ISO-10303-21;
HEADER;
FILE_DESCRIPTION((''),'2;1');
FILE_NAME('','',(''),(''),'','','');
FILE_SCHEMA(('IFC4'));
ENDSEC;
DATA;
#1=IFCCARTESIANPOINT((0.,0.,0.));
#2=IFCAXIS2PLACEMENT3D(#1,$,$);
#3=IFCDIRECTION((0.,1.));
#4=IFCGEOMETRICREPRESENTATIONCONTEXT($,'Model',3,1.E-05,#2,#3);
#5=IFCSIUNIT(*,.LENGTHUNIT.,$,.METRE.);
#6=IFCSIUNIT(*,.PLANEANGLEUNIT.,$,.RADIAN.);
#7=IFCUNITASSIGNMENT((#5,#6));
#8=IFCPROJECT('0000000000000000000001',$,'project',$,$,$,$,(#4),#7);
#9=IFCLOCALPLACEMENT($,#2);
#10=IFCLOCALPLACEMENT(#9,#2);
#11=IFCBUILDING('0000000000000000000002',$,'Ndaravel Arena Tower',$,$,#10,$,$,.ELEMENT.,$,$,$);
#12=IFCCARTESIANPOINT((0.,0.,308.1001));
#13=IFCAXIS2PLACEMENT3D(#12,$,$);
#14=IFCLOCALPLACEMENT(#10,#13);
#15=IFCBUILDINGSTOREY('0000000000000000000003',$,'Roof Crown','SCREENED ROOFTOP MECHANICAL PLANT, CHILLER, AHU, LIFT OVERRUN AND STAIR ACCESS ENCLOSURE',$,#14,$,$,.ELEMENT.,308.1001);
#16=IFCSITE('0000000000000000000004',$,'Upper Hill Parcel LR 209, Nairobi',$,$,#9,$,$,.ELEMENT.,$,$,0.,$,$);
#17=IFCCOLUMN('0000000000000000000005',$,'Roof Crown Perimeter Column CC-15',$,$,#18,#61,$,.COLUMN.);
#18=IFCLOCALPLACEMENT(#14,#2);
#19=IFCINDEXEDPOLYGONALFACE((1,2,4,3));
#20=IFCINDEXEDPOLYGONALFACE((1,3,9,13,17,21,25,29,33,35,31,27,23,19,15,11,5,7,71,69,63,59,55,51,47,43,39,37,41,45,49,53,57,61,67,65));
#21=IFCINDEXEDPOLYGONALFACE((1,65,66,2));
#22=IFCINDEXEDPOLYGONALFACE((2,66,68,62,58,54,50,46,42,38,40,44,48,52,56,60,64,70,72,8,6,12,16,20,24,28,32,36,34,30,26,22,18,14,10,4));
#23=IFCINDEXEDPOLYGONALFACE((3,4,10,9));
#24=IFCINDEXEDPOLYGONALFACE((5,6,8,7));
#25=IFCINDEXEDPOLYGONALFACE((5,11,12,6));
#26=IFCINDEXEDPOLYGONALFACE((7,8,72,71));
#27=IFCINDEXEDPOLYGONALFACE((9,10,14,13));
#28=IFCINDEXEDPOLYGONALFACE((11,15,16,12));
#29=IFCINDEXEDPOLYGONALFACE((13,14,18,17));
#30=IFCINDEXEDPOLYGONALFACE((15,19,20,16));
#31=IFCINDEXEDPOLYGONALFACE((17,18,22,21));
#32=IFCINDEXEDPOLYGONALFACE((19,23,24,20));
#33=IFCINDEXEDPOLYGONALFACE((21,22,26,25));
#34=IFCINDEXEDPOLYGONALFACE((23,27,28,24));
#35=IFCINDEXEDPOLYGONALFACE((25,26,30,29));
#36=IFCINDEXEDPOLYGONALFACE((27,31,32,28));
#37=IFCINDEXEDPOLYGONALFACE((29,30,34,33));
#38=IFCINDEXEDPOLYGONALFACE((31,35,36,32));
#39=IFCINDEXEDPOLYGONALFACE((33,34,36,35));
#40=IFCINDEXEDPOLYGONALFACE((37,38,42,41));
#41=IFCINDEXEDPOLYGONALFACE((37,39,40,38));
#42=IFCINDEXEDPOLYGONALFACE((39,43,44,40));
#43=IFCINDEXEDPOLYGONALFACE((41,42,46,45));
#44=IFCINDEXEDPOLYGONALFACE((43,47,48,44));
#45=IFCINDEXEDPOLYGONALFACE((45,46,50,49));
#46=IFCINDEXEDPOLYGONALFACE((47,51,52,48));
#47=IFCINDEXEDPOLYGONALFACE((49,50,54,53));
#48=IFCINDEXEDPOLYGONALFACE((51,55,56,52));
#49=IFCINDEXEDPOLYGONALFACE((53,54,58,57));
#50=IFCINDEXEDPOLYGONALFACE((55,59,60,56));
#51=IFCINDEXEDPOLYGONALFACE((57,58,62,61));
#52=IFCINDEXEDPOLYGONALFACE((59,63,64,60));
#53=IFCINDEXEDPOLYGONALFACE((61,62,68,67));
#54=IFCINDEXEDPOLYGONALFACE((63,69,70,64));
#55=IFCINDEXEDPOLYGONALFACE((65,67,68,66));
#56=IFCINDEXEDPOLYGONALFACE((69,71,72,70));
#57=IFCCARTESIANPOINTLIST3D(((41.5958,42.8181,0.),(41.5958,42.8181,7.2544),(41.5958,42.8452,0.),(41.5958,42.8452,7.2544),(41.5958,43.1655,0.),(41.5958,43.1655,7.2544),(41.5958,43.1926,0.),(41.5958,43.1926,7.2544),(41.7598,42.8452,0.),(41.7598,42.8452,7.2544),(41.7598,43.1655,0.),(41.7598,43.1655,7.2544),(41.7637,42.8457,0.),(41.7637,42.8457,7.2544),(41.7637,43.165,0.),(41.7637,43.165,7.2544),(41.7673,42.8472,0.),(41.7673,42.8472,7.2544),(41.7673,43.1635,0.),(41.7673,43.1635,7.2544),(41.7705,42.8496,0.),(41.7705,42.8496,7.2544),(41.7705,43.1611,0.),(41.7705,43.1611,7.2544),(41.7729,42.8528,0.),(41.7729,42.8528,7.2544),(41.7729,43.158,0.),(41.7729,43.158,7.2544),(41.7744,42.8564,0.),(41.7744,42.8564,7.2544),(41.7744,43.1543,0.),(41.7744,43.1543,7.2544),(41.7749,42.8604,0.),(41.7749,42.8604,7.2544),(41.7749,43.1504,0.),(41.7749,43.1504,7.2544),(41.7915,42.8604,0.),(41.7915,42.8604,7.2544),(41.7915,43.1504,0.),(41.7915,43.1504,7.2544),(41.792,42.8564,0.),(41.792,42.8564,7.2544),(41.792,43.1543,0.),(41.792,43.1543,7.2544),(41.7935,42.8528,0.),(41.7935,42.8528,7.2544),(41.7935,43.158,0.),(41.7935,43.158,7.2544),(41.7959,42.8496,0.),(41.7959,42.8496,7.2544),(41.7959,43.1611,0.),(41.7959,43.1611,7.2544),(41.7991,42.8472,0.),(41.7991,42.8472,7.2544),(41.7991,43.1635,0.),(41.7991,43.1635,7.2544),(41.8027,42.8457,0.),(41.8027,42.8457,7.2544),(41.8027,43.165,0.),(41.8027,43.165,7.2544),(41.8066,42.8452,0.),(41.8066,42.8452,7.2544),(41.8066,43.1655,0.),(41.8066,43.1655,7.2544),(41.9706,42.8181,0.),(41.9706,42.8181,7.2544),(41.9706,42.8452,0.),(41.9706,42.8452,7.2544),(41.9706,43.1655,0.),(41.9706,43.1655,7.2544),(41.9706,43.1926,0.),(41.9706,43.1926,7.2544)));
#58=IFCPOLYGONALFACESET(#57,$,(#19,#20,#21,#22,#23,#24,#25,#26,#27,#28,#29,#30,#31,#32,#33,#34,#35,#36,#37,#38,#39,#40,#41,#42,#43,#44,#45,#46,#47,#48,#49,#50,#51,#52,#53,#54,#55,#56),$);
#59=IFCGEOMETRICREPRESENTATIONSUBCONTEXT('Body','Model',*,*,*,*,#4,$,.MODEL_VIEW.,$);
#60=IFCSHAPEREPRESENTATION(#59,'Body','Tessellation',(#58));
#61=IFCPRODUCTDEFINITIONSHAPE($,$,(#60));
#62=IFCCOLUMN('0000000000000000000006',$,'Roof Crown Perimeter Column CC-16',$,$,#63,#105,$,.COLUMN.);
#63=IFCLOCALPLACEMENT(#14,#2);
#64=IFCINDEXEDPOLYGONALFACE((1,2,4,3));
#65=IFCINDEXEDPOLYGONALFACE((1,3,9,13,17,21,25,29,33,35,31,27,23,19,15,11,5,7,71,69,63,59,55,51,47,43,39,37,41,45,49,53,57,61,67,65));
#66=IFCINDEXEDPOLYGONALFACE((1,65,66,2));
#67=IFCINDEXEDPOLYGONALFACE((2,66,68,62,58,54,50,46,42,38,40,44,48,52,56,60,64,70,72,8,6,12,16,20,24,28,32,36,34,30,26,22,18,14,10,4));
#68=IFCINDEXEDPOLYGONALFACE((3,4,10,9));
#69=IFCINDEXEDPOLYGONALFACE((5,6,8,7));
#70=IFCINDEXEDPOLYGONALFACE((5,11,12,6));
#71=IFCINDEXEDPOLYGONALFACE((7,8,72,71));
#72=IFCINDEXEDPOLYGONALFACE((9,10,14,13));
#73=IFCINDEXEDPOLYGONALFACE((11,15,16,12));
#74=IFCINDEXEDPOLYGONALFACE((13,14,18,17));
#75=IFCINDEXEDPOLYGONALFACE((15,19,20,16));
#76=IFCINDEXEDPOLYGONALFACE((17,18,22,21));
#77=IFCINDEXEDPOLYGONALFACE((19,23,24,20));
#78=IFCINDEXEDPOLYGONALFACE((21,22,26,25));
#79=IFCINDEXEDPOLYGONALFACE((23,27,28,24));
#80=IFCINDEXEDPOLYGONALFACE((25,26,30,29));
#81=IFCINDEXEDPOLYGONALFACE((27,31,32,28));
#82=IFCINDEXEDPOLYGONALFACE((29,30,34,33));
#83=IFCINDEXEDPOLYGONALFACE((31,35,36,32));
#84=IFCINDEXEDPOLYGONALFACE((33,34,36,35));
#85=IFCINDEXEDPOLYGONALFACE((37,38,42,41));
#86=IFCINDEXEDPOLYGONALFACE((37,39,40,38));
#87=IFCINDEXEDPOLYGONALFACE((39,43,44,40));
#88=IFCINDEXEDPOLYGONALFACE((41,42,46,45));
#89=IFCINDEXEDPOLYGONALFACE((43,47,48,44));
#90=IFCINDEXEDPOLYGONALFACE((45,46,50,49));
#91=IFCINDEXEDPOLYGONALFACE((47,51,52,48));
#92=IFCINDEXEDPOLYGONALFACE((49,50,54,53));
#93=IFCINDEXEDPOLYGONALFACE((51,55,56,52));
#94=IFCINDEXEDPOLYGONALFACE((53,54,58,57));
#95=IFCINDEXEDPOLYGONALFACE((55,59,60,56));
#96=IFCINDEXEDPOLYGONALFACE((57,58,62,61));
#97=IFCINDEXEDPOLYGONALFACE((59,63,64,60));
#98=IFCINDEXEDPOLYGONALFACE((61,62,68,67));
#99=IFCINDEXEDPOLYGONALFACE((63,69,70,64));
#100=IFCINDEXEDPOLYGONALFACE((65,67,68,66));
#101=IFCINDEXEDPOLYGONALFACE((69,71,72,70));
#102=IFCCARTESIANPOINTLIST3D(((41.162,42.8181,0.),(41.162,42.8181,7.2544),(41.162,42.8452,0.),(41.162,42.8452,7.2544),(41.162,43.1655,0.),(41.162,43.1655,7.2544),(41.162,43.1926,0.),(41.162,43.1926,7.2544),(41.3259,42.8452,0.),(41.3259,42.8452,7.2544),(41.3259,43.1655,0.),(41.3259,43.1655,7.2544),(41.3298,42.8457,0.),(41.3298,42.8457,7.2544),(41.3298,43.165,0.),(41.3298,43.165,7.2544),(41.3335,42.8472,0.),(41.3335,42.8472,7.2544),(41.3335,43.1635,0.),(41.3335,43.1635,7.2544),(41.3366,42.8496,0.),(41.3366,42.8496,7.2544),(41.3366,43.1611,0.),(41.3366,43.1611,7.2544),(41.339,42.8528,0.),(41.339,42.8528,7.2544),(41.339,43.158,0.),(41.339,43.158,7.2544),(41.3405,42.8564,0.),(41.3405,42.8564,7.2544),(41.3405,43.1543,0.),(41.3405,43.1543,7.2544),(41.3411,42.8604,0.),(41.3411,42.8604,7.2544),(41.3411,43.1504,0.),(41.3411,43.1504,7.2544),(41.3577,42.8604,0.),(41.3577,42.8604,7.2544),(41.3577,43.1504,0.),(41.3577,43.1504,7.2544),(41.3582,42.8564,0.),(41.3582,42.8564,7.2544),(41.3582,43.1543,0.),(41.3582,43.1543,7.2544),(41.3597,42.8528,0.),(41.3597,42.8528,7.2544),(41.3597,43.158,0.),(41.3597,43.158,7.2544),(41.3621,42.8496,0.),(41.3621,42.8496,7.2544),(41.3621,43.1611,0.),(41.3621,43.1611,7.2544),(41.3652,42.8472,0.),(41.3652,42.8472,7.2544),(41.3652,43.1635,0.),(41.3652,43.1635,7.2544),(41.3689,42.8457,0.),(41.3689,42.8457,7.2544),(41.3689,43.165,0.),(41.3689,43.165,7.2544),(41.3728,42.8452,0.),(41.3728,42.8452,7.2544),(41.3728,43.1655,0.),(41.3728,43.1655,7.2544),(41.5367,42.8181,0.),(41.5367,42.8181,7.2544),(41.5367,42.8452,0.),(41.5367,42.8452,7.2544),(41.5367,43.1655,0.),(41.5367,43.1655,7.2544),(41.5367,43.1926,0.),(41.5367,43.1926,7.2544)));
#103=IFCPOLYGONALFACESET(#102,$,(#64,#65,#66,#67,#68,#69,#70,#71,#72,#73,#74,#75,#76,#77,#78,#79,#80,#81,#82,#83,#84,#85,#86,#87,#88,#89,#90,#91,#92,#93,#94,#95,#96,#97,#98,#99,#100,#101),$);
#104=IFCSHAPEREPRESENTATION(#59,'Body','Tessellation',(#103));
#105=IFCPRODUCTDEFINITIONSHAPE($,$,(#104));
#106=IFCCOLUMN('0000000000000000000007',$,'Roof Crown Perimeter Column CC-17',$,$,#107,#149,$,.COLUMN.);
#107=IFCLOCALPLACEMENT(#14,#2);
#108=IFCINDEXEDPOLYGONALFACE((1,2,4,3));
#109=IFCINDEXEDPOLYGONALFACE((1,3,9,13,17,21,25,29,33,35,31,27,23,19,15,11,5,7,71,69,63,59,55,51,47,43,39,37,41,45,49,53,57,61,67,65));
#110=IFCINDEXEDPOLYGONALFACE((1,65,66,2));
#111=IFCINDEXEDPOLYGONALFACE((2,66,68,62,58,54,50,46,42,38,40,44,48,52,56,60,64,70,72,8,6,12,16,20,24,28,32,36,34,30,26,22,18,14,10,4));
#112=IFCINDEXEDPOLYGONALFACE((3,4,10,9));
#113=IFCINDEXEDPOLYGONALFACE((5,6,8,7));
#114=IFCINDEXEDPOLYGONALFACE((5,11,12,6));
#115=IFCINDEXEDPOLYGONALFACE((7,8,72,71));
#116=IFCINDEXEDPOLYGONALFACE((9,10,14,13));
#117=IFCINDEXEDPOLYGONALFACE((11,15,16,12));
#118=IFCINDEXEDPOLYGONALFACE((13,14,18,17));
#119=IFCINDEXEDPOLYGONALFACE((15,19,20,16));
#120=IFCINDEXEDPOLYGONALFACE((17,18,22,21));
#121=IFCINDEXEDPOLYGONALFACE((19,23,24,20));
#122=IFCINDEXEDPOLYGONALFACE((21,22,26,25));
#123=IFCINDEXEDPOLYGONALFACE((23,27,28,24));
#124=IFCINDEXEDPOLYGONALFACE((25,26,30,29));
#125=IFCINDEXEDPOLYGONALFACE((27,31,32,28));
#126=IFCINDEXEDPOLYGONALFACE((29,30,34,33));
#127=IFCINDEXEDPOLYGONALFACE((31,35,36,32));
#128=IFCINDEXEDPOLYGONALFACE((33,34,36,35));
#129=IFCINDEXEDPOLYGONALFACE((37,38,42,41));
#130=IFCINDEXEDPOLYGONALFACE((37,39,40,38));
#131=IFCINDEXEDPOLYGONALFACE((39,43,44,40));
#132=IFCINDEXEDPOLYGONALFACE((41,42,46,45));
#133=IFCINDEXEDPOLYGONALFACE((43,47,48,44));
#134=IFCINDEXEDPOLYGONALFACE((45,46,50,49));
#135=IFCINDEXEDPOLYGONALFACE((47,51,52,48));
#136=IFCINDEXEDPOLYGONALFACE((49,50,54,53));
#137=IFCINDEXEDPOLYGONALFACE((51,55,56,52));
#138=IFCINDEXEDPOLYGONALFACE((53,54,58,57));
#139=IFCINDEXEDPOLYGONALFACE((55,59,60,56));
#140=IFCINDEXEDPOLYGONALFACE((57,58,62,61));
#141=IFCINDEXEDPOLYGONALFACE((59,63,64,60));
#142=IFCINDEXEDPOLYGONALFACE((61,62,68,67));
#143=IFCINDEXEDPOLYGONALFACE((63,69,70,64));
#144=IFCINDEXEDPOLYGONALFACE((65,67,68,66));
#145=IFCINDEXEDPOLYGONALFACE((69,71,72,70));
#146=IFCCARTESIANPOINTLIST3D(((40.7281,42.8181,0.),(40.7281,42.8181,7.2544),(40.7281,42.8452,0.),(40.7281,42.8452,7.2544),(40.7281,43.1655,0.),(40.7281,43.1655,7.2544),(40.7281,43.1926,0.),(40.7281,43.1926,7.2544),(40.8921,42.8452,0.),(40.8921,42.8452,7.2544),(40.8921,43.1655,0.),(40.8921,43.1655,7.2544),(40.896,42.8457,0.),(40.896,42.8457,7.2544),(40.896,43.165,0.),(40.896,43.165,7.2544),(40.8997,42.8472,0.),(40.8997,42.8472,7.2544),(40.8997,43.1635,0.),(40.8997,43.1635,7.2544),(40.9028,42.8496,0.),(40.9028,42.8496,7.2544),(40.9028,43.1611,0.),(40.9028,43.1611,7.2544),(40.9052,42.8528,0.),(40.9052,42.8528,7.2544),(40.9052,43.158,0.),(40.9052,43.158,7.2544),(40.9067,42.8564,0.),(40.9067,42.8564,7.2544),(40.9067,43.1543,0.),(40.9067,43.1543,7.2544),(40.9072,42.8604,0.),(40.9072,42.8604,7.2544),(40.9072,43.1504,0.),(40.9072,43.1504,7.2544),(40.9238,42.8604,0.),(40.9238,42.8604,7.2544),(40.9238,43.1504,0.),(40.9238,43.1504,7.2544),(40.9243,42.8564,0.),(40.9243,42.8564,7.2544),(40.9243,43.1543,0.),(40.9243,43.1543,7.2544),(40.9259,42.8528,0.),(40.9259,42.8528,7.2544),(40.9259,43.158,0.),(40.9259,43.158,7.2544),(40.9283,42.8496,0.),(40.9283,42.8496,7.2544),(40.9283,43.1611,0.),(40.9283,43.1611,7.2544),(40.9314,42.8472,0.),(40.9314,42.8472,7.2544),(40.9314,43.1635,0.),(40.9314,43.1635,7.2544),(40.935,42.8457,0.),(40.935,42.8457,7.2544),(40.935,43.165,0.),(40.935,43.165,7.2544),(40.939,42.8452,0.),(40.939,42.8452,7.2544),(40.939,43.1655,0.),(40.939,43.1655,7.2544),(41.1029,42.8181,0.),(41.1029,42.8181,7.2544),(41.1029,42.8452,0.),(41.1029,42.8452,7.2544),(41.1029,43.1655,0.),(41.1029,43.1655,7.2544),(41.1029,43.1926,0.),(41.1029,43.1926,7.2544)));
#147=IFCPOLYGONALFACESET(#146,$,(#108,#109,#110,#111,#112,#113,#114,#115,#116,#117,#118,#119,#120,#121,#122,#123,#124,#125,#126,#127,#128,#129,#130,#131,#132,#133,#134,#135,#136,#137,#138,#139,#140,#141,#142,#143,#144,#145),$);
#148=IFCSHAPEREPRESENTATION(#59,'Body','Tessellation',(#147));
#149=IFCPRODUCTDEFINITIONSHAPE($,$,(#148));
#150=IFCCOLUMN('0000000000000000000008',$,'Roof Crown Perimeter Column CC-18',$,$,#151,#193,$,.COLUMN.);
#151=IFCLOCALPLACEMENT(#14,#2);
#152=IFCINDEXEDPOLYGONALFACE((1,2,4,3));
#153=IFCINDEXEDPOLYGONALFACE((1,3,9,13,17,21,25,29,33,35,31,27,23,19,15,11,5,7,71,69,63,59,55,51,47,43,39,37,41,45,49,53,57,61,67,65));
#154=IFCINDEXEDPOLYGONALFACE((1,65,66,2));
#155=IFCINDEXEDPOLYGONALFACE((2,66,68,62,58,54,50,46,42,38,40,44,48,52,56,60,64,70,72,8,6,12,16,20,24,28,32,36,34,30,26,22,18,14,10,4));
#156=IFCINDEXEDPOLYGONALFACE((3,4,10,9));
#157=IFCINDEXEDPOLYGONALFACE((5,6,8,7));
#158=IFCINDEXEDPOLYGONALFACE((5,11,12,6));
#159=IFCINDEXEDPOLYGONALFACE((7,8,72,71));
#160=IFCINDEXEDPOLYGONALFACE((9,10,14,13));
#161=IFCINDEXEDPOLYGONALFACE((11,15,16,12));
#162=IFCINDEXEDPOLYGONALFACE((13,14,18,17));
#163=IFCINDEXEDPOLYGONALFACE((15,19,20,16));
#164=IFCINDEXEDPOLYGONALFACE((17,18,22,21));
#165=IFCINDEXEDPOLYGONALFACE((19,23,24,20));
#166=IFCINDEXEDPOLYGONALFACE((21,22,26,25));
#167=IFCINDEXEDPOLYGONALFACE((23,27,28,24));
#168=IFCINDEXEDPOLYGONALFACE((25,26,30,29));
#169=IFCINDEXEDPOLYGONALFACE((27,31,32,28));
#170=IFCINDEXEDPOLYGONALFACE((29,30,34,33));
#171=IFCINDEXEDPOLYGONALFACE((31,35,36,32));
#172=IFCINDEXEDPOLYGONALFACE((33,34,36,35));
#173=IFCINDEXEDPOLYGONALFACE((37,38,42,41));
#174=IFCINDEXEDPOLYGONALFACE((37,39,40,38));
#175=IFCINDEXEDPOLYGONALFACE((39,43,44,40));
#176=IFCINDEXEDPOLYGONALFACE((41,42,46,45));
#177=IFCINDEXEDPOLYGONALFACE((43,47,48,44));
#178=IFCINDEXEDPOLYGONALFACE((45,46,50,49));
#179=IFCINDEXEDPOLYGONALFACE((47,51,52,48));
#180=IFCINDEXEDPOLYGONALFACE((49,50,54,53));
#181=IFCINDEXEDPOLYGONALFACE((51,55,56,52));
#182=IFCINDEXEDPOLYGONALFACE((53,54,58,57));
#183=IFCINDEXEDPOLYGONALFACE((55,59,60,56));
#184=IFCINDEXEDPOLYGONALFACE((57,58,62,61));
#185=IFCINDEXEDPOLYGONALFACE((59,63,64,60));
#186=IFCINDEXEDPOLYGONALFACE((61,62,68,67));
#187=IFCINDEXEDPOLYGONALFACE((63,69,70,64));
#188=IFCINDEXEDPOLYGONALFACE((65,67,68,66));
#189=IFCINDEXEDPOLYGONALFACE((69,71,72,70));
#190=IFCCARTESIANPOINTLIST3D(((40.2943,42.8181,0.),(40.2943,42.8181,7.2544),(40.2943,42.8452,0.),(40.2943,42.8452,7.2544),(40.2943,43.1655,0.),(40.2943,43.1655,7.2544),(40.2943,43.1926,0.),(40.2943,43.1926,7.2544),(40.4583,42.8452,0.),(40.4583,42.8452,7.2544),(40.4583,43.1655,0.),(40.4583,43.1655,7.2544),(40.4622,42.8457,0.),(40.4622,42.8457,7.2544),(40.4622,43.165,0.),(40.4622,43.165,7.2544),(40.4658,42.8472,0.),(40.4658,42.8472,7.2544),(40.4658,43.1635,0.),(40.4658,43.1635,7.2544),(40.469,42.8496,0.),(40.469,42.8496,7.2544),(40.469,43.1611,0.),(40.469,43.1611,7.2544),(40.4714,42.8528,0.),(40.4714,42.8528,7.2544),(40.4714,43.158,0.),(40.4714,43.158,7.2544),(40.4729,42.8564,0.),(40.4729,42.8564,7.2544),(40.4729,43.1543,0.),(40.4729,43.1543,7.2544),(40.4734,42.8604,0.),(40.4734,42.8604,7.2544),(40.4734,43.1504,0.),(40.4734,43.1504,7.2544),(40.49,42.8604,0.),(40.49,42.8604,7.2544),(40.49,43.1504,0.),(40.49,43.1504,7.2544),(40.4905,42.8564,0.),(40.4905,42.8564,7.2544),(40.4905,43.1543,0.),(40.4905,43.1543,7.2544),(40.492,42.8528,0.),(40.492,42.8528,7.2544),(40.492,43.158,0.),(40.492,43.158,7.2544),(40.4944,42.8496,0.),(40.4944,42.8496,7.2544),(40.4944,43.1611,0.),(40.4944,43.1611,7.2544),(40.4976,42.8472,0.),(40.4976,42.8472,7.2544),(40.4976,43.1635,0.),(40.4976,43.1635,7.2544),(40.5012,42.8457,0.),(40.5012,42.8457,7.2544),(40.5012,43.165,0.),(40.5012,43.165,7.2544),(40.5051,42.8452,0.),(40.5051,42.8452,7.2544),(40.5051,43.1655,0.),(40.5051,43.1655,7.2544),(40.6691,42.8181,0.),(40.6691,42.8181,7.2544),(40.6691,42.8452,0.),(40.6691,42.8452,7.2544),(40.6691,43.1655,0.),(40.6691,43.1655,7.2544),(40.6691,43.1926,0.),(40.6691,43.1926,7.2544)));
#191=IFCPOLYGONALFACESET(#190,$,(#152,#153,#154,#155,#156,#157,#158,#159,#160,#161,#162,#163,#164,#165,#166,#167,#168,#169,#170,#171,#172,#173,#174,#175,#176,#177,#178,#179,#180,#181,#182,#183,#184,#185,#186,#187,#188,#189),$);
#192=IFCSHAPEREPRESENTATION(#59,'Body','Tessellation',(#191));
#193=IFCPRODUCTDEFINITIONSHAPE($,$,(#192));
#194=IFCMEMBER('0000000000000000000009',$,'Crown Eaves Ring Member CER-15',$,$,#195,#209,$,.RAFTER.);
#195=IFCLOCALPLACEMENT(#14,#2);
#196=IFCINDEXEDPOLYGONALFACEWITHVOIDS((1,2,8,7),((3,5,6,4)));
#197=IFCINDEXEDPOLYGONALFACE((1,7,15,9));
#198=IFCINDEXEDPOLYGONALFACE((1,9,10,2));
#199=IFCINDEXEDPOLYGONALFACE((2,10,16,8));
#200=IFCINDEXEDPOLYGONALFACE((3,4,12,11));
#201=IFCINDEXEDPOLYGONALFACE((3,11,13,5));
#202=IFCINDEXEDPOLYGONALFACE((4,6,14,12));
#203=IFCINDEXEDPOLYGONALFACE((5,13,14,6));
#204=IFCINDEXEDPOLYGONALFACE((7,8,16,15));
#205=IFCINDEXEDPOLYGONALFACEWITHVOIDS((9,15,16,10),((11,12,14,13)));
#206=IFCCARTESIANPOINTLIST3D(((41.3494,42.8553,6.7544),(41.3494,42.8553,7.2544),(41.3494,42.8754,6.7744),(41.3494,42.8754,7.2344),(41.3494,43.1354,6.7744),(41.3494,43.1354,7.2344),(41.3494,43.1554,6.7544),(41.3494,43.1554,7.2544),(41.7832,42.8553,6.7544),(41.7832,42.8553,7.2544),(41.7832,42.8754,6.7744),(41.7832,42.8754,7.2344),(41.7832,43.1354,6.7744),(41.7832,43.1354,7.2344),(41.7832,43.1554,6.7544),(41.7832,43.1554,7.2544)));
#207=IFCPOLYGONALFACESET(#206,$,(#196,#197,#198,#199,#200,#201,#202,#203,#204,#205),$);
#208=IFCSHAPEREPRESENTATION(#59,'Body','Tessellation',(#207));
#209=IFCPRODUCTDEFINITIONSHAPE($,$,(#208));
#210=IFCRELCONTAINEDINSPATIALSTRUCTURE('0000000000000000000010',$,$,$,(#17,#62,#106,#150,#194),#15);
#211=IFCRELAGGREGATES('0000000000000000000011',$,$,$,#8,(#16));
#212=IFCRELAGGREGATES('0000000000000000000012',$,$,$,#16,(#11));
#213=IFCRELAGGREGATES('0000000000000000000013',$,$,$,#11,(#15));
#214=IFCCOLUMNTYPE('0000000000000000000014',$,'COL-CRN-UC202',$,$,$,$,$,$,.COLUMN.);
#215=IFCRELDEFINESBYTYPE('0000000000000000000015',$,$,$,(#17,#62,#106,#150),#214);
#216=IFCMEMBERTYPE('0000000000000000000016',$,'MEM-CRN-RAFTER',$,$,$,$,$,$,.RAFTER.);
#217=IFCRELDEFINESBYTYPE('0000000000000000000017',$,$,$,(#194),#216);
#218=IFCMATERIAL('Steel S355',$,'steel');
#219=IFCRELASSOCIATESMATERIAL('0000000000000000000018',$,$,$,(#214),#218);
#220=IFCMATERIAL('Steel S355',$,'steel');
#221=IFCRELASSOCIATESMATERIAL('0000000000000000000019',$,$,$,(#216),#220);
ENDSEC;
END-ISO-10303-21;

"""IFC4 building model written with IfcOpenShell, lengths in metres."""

from ifc_helpers import new_model, si_unit, direction, frame, origin, origin_2d, place, context, subcontext, project, spatial, hollow_rectangle, i_section, extrude, material, material_profile, profile_set, type_object, element, save


model = new_model("IFC4")

# Units and contexts
model_context = context("Model", 3, precision=1e-05, world=origin(), true_north=direction((0.0, 1.0)))
body_context = subcontext(model_context, "Body", "Model", "MODEL_VIEW")
ifc_project = project(units=[si_unit("LENGTHUNIT", "METRE"), si_unit("PLANEANGLEUNIT", "RADIAN")], contexts=[model_context])

# Site, building, storey
site_placement = place(None, origin())
site = spatial("IfcSite", under=ifc_project, at=site_placement, Name="Upper Hill Parcel LR 209, Nairobi", CompositionType="ELEMENT", RefElevation=0.0)
building_placement = place(site_placement, origin())
building = spatial("IfcBuilding", under=site, at=building_placement, Name="Ndaravel Arena Tower", CompositionType="ELEMENT")
storey_placement = place(building_placement, frame((0.0, 0.0, 308.1001)))
storey = spatial("IfcBuildingStorey", under=building, at=storey_placement, Name="Roof Crown", Description="SCREENED ROOFTOP MECHANICAL PLANT, CHILLER, AHU, LIFT OVERRUN AND STAIR ACCESS ENCLOSURE", CompositionType="ELEMENT", Elevation=308.1001)

# Columns
ifc_material_1 = material(Name="Steel S355", Category="steel")
ifc_material_profile_1 = material_profile(ifc_material_1, i_section(OverallWidth=0.3748, OverallDepth=0.3745, WebThickness=0.0166, FlangeThickness=0.0271, FilletRadius=0.0151, at=origin_2d()), Name="UC 356x368x202")
ifc_profile_set_1 = profile_set([ifc_material_profile_1], Name="Steel S355")
column_type = type_object("IfcColumnType", Name="COL-CRN-UC202", PredefinedType="COLUMN", material=ifc_profile_set_1)
for number, where, z_axis, x_axis, name in (
    (1, (41.7832, 43.0054, 0.0), (0.0, 0.0, 1.0), (1.0, 0.0, 0.0), "Roof Crown Perimeter Column CC-15"),
    (2, (41.3494, 43.0054, 0.0), (0.0, 0.0, 1.0), (1.0, 0.0, 0.0), "Roof Crown Perimeter Column CC-16"),
    (3, (40.9155, 43.0054, 0.0), (0.0, 0.0, 1.0), (1.0, 0.0, 0.0), "Roof Crown Perimeter Column CC-17"),
    (4, (40.4817, 43.0054, 0.0), (0.0, 0.0, 1.0), (1.0, 0.0, 0.0), "Roof Crown Perimeter Column CC-18"),
):
    element("IfcColumn", number, at=place(storey_placement, frame(where, z_axis=z_axis, x_axis=x_axis)), inside=storey, type_object=column_type, Name=name, PredefinedType="COLUMN", context=body_context, shape_type="SweptSolid", body=[
        extrude(i_section(OverallWidth=0.3748, OverallDepth=0.3745, WebThickness=0.0166, FlangeThickness=0.0271, FilletRadius=0.0151, at=origin_2d()), origin(), (0.0, 0.0, 1.0), 7.2544),
    ])

# Member
ifc_material_2 = material(Name="Steel S355", Category="steel")
ifc_material_profile_2 = material_profile(ifc_material_2, hollow_rectangle(XDim=0.3, YDim=0.5, WallThickness=0.02, at=origin_2d()), Name="RHS 500x300x20")
ifc_profile_set_2 = profile_set([ifc_material_profile_2], Name="Steel S355")
member_type_1 = type_object("IfcMemberType", Name="MEM-CRN-RAFTER", PredefinedType="RAFTER", material=ifc_profile_set_2)
for number, where, z_axis, x_axis, name in (
    (5, (41.7832, 43.0054, 7.0044), (-1.0, 0.0, 0.0), (0.0, -1.0, 0.0), "Crown Eaves Ring Member CER-15"),
):
    element("IfcMember", number, at=place(storey_placement, frame(where, z_axis=z_axis, x_axis=x_axis)), inside=storey, type_object=member_type_1, Name=name, PredefinedType="RAFTER", context=body_context, shape_type="SweptSolid", body=[
        extrude(hollow_rectangle(XDim=0.3, YDim=0.5, WallThickness=0.02, at=origin_2d()), origin(), (0.0, 0.0, 1.0), 0.4338),
    ])

save(model, "model.ifc")
